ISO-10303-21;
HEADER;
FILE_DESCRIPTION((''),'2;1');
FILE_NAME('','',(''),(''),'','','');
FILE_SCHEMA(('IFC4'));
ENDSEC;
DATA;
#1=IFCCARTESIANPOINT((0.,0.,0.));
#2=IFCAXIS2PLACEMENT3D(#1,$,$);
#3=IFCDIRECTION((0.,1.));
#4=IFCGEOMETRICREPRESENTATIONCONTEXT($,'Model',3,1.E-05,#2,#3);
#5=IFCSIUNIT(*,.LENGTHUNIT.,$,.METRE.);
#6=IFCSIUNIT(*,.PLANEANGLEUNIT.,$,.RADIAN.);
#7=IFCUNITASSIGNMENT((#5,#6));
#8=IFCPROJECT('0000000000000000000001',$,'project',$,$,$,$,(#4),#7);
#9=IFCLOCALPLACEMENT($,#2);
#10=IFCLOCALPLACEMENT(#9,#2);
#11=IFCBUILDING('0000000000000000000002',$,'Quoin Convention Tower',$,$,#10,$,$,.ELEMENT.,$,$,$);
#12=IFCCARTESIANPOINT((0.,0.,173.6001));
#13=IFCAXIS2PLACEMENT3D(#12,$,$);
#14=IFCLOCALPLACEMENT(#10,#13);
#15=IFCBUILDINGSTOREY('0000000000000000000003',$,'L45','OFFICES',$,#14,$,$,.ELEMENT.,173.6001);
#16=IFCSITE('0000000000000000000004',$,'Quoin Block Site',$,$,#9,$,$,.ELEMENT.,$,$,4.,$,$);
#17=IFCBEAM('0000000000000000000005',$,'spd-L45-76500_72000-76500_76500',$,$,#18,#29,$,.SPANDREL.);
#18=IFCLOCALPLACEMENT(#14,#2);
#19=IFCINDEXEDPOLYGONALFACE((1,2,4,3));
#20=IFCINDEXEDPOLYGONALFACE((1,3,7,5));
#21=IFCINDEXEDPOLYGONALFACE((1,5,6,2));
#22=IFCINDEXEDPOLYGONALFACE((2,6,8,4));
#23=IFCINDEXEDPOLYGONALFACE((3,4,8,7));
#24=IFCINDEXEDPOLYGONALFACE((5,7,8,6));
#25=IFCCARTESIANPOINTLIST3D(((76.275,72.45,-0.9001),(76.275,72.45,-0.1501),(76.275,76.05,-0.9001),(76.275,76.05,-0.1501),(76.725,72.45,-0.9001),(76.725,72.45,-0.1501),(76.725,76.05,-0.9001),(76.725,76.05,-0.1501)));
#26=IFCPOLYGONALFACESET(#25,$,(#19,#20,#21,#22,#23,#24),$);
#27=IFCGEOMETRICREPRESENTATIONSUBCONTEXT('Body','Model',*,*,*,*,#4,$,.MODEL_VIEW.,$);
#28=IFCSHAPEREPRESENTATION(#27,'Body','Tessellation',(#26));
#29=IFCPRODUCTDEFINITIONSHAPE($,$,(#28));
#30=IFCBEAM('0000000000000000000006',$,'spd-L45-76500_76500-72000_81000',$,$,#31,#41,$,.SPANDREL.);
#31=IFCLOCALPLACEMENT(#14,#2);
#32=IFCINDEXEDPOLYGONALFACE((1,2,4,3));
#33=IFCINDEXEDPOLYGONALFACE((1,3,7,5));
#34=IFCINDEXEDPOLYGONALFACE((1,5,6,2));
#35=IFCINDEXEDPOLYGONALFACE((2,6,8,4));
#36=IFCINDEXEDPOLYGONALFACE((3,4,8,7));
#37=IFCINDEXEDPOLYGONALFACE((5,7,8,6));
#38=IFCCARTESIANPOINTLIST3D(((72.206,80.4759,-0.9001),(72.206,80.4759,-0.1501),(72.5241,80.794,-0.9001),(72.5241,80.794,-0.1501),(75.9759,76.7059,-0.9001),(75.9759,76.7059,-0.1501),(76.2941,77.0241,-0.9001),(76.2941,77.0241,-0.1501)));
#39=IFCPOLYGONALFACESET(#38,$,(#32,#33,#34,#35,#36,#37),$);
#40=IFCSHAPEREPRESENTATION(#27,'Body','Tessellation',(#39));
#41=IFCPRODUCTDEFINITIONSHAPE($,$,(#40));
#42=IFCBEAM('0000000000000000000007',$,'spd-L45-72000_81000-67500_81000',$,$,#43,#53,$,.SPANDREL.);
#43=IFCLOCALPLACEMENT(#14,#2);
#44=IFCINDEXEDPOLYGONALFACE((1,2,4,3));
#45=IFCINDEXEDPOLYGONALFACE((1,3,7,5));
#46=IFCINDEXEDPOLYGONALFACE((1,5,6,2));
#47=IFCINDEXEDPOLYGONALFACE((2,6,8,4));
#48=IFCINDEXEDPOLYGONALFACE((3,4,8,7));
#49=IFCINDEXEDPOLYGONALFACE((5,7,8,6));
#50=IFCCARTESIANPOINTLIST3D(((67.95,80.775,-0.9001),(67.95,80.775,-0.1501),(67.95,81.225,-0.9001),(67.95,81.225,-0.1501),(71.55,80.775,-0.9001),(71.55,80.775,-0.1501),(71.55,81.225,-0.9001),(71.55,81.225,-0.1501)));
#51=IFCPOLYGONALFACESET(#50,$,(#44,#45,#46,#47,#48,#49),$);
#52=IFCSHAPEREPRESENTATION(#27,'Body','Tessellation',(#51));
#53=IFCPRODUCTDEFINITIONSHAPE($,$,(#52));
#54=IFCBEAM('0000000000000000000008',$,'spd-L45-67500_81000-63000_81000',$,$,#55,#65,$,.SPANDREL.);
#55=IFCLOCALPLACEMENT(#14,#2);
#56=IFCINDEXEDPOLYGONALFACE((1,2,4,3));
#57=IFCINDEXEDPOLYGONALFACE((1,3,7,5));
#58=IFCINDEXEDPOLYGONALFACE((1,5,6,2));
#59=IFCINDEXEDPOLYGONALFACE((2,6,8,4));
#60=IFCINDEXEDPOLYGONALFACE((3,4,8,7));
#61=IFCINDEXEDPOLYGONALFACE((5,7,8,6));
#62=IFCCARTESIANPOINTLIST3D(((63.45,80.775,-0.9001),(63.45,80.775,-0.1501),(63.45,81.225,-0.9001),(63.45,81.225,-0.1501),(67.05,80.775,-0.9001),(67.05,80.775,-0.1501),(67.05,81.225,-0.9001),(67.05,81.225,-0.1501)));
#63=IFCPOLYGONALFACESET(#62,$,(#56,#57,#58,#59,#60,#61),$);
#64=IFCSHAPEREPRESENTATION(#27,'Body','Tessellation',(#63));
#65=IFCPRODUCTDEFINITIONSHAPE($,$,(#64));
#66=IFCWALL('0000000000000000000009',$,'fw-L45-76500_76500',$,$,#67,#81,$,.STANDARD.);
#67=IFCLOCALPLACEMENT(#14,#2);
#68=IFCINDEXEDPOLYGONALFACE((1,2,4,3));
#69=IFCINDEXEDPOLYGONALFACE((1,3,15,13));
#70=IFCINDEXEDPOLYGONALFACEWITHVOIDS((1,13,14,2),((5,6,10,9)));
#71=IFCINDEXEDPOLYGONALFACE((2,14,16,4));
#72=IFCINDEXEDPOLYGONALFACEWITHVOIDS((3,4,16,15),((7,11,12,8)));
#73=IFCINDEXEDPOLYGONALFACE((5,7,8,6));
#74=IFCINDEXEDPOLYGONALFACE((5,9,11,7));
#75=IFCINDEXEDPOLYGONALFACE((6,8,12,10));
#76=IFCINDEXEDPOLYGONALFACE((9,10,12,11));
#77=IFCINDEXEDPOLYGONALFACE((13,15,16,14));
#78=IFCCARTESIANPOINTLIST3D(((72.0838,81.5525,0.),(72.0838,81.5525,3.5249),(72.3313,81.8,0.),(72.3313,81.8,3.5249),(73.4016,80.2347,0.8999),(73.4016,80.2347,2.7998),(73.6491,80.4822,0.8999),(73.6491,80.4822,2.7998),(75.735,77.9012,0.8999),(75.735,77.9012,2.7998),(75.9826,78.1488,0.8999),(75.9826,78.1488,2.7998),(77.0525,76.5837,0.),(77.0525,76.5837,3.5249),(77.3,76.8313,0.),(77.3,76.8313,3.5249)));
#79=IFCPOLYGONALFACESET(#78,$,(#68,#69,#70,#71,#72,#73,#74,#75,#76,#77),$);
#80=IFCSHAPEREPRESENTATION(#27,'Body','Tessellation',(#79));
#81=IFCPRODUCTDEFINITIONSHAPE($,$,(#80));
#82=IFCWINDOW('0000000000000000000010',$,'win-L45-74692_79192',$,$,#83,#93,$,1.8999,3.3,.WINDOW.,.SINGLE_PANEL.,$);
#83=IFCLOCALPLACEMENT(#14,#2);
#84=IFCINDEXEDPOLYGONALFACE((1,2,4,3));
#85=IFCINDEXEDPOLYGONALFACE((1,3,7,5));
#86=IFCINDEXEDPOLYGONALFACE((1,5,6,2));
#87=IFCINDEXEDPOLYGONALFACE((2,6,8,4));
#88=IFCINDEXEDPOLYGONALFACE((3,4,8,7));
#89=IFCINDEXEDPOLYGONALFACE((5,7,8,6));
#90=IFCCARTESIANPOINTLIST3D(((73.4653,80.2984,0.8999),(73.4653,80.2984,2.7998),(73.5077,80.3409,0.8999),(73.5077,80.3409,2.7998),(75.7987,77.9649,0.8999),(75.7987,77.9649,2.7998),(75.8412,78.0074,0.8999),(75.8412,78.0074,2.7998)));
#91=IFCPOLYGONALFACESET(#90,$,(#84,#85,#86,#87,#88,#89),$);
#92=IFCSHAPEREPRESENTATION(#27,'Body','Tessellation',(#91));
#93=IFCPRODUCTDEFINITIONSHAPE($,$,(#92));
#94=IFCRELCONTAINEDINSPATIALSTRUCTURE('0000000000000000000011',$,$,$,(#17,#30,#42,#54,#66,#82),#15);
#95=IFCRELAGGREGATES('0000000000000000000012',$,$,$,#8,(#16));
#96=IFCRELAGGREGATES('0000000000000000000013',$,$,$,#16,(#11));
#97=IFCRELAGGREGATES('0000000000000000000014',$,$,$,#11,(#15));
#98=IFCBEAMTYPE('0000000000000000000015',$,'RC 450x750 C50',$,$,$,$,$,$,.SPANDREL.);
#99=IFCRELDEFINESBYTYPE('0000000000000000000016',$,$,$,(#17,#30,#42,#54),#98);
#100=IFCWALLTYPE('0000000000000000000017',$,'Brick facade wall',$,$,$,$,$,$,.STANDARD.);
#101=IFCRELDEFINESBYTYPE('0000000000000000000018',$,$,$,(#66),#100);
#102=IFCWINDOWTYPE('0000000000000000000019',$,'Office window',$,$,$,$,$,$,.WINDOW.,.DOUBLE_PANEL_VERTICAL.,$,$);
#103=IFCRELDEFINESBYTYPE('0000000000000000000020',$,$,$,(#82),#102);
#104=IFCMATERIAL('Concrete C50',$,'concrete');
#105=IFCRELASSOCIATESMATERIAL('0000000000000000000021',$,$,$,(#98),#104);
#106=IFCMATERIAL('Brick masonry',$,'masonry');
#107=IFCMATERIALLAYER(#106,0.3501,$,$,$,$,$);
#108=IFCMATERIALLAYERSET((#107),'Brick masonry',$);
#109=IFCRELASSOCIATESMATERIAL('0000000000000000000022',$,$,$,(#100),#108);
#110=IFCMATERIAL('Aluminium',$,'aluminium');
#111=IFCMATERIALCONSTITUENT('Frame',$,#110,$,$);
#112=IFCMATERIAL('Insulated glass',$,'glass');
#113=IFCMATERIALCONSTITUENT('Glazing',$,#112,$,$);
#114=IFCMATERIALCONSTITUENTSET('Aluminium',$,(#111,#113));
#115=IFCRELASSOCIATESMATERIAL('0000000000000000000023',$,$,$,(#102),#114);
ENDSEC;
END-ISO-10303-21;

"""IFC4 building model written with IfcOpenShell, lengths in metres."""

from ifc_helpers import new_model, si_unit, direction, frame, frame_2d, origin, origin_2d, place, context, subcontext, project, spatial, rectangle, extrude, material, layer, layer_set, constituent, constituent_set, material_profile, profile_set, type_object, element, fill, save


model = new_model("IFC4")

# Units and contexts
model_context = context("Model", 3, precision=1e-05, world=origin(), true_north=direction((0.0, 1.0)))
body_context = subcontext(model_context, "Body", "Model", "MODEL_VIEW")
ifc_project = project(units=[si_unit("LENGTHUNIT", "METRE"), si_unit("PLANEANGLEUNIT", "RADIAN")], contexts=[model_context])

# Site, building, storey
site_placement = place(None, origin())
site = spatial("IfcSite", under=ifc_project, at=site_placement, Name="Quoin Block Site", CompositionType="ELEMENT", RefElevation=4.0)
building_placement = place(site_placement, origin())
building = spatial("IfcBuilding", under=site, at=building_placement, Name="Quoin Convention Tower", CompositionType="ELEMENT")
storey_placement = place(building_placement, frame((0.0, 0.0, 173.6001)))
storey = spatial("IfcBuildingStorey", under=building, at=storey_placement, Name="L45", Description="OFFICES", CompositionType="ELEMENT", Elevation=173.6001)

# Shared definitions
ifc_material_1 = material(Name="Concrete C50", Category="concrete")

# Beams
ifc_material_profile_1 = material_profile(ifc_material_1, rectangle(XDim=0.45, YDim=0.75, at=origin_2d()), Name="RC 450x750")
ifc_profile_set_1 = profile_set([ifc_material_profile_1], Name="Concrete C50")
beam_type_1 = type_object("IfcBeamType", Name="RC 450x750 C50", PredefinedType="SPANDREL", material=ifc_profile_set_1)
beam_1_placement = place(storey_placement, frame((76.5, 72.45, -0.5251), z_axis=(0.0, 1.0, 0.0), x_axis=(-1.0, 0.0, 0.0)))
element("IfcBeam", 1, at=beam_1_placement, inside=storey, type_object=beam_type_1, Name="spd-L45-76500_72000-76500_76500", PredefinedType="SPANDREL", context=body_context, shape_type="SweptSolid", body=[
    extrude(rectangle(XDim=0.45, YDim=0.75, at=origin_2d()), origin(), (0.0, 0.0, 1.0), 3.6001),
])
beam_2_placement = place(storey_placement, frame((76.135, 76.865, -0.5251), z_axis=(-0.707107, 0.707107, 0.0), x_axis=(-0.707107, -0.707107, 0.0)))
element("IfcBeam", 2, at=beam_2_placement, inside=storey, type_object=beam_type_1, Name="spd-L45-76500_76500-72000_81000", PredefinedType="SPANDREL", context=body_context, shape_type="SweptSolid", body=[
    extrude(rectangle(XDim=0.45, YDim=0.75, at=origin_2d()), origin(), (0.0, 0.0, 1.0), 5.3315),
])
for number, where, z_axis, x_axis, name in (
    (3, (71.55, 81.0, -0.5251), (-1.0, 0.0, 0.0), (0.0, -1.0, 0.0), "spd-L45-72000_81000-67500_81000"),
    (4, (67.05, 81.0, -0.5251), (-1.0, 0.0, 0.0), (0.0, -1.0, 0.0), "spd-L45-67500_81000-63000_81000"),
):
    element("IfcBeam", number, at=place(storey_placement, frame(where, z_axis=z_axis, x_axis=x_axis)), inside=storey, type_object=beam_type_1, Name=name, PredefinedType="SPANDREL", context=body_context, shape_type="SweptSolid", body=[
        extrude(rectangle(XDim=0.45, YDim=0.75, at=origin_2d()), origin(), (0.0, 0.0, 1.0), 3.6001),
    ])

# Wall, opening, window
ifc_material_2 = material(Name="Brick masonry", Category="masonry")
ifc_layer_1 = layer(ifc_material_2, 0.3501)
ifc_layer_set_1 = layer_set([ifc_layer_1], Name="Brick masonry")
wall_type_1 = type_object("IfcWallType", Name="Brick facade wall", PredefinedType="STANDARD", material=ifc_layer_set_1)
wall_1_placement = place(storey_placement, frame((77.1763, 76.7075, 0.0), z_axis=(0.0, 0.0, 1.0), x_axis=(-0.707107, 0.707107, 0.0)))
wall_1 = element("IfcWall", 5, at=wall_1_placement, inside=storey, type_object=wall_type_1, Name="fw-L45-76500_76500", PredefinedType="STANDARD", context=body_context, shape_type="SweptSolid", body=[
    extrude(rectangle(XDim=7.0269, YDim=0.3501, at=frame_2d((3.5134, 0.0))), origin(), (0.0, 0.0, 1.0), 3.5249),
])
opening_1_placement = place(wall_1_placement, frame((1.8633, 0.0, 0.8999)))
opening_1 = element("IfcOpeningElement", 6, at=opening_1_placement, cuts=wall_1, PredefinedType="OPENING", context=body_context, shape_type="SweptSolid", body=[
    extrude(rectangle(XDim=3.3, YDim=1.8999, at=frame_2d((1.6499, 0.95))), frame((0.0, 0.1851, 0.0), z_axis=(0.0, -1.0, 0.0), x_axis=(1.0, 0.0, 0.0)), (0.0, 0.0, 1.0), 0.3701),
])
ifc_material_3 = material(Name="Aluminium", Category="aluminium")
ifc_constituent_1 = constituent(ifc_material_3, Name="Frame")
ifc_material_4 = material(Name="Insulated glass", Category="glass")
ifc_constituent_2 = constituent(ifc_material_4, Name="Glazing")
ifc_constituent_set = constituent_set(constituents=[ifc_constituent_1, ifc_constituent_2], Name="Aluminium")
window_type = type_object("IfcWindowType", Name="Office window", PartitioningType="DOUBLE_PANEL_VERTICAL", PredefinedType="WINDOW", material=ifc_constituent_set)
window_1_placement = place(opening_1_placement, origin())
window_1 = element("IfcWindow", 7, at=window_1_placement, inside=storey, type_object=window_type, Name="win-L45-74692_79192", OverallHeight=1.8999, OverallWidth=3.3, PartitioningType="SINGLE_PANEL", PredefinedType="WINDOW", context=body_context, shape_type="SweptSolid", body=[
    extrude(rectangle(XDim=3.3, YDim=1.8999, at=frame_2d((1.6499, 0.95))), frame((0.0, 0.085, 0.0), z_axis=(0.0, -1.0, 0.0), x_axis=(1.0, 0.0, 0.0)), (0.0, 0.0, 1.0), 0.0601),
])
fill(opening_1, window_1)

save(model, "model.ifc")
